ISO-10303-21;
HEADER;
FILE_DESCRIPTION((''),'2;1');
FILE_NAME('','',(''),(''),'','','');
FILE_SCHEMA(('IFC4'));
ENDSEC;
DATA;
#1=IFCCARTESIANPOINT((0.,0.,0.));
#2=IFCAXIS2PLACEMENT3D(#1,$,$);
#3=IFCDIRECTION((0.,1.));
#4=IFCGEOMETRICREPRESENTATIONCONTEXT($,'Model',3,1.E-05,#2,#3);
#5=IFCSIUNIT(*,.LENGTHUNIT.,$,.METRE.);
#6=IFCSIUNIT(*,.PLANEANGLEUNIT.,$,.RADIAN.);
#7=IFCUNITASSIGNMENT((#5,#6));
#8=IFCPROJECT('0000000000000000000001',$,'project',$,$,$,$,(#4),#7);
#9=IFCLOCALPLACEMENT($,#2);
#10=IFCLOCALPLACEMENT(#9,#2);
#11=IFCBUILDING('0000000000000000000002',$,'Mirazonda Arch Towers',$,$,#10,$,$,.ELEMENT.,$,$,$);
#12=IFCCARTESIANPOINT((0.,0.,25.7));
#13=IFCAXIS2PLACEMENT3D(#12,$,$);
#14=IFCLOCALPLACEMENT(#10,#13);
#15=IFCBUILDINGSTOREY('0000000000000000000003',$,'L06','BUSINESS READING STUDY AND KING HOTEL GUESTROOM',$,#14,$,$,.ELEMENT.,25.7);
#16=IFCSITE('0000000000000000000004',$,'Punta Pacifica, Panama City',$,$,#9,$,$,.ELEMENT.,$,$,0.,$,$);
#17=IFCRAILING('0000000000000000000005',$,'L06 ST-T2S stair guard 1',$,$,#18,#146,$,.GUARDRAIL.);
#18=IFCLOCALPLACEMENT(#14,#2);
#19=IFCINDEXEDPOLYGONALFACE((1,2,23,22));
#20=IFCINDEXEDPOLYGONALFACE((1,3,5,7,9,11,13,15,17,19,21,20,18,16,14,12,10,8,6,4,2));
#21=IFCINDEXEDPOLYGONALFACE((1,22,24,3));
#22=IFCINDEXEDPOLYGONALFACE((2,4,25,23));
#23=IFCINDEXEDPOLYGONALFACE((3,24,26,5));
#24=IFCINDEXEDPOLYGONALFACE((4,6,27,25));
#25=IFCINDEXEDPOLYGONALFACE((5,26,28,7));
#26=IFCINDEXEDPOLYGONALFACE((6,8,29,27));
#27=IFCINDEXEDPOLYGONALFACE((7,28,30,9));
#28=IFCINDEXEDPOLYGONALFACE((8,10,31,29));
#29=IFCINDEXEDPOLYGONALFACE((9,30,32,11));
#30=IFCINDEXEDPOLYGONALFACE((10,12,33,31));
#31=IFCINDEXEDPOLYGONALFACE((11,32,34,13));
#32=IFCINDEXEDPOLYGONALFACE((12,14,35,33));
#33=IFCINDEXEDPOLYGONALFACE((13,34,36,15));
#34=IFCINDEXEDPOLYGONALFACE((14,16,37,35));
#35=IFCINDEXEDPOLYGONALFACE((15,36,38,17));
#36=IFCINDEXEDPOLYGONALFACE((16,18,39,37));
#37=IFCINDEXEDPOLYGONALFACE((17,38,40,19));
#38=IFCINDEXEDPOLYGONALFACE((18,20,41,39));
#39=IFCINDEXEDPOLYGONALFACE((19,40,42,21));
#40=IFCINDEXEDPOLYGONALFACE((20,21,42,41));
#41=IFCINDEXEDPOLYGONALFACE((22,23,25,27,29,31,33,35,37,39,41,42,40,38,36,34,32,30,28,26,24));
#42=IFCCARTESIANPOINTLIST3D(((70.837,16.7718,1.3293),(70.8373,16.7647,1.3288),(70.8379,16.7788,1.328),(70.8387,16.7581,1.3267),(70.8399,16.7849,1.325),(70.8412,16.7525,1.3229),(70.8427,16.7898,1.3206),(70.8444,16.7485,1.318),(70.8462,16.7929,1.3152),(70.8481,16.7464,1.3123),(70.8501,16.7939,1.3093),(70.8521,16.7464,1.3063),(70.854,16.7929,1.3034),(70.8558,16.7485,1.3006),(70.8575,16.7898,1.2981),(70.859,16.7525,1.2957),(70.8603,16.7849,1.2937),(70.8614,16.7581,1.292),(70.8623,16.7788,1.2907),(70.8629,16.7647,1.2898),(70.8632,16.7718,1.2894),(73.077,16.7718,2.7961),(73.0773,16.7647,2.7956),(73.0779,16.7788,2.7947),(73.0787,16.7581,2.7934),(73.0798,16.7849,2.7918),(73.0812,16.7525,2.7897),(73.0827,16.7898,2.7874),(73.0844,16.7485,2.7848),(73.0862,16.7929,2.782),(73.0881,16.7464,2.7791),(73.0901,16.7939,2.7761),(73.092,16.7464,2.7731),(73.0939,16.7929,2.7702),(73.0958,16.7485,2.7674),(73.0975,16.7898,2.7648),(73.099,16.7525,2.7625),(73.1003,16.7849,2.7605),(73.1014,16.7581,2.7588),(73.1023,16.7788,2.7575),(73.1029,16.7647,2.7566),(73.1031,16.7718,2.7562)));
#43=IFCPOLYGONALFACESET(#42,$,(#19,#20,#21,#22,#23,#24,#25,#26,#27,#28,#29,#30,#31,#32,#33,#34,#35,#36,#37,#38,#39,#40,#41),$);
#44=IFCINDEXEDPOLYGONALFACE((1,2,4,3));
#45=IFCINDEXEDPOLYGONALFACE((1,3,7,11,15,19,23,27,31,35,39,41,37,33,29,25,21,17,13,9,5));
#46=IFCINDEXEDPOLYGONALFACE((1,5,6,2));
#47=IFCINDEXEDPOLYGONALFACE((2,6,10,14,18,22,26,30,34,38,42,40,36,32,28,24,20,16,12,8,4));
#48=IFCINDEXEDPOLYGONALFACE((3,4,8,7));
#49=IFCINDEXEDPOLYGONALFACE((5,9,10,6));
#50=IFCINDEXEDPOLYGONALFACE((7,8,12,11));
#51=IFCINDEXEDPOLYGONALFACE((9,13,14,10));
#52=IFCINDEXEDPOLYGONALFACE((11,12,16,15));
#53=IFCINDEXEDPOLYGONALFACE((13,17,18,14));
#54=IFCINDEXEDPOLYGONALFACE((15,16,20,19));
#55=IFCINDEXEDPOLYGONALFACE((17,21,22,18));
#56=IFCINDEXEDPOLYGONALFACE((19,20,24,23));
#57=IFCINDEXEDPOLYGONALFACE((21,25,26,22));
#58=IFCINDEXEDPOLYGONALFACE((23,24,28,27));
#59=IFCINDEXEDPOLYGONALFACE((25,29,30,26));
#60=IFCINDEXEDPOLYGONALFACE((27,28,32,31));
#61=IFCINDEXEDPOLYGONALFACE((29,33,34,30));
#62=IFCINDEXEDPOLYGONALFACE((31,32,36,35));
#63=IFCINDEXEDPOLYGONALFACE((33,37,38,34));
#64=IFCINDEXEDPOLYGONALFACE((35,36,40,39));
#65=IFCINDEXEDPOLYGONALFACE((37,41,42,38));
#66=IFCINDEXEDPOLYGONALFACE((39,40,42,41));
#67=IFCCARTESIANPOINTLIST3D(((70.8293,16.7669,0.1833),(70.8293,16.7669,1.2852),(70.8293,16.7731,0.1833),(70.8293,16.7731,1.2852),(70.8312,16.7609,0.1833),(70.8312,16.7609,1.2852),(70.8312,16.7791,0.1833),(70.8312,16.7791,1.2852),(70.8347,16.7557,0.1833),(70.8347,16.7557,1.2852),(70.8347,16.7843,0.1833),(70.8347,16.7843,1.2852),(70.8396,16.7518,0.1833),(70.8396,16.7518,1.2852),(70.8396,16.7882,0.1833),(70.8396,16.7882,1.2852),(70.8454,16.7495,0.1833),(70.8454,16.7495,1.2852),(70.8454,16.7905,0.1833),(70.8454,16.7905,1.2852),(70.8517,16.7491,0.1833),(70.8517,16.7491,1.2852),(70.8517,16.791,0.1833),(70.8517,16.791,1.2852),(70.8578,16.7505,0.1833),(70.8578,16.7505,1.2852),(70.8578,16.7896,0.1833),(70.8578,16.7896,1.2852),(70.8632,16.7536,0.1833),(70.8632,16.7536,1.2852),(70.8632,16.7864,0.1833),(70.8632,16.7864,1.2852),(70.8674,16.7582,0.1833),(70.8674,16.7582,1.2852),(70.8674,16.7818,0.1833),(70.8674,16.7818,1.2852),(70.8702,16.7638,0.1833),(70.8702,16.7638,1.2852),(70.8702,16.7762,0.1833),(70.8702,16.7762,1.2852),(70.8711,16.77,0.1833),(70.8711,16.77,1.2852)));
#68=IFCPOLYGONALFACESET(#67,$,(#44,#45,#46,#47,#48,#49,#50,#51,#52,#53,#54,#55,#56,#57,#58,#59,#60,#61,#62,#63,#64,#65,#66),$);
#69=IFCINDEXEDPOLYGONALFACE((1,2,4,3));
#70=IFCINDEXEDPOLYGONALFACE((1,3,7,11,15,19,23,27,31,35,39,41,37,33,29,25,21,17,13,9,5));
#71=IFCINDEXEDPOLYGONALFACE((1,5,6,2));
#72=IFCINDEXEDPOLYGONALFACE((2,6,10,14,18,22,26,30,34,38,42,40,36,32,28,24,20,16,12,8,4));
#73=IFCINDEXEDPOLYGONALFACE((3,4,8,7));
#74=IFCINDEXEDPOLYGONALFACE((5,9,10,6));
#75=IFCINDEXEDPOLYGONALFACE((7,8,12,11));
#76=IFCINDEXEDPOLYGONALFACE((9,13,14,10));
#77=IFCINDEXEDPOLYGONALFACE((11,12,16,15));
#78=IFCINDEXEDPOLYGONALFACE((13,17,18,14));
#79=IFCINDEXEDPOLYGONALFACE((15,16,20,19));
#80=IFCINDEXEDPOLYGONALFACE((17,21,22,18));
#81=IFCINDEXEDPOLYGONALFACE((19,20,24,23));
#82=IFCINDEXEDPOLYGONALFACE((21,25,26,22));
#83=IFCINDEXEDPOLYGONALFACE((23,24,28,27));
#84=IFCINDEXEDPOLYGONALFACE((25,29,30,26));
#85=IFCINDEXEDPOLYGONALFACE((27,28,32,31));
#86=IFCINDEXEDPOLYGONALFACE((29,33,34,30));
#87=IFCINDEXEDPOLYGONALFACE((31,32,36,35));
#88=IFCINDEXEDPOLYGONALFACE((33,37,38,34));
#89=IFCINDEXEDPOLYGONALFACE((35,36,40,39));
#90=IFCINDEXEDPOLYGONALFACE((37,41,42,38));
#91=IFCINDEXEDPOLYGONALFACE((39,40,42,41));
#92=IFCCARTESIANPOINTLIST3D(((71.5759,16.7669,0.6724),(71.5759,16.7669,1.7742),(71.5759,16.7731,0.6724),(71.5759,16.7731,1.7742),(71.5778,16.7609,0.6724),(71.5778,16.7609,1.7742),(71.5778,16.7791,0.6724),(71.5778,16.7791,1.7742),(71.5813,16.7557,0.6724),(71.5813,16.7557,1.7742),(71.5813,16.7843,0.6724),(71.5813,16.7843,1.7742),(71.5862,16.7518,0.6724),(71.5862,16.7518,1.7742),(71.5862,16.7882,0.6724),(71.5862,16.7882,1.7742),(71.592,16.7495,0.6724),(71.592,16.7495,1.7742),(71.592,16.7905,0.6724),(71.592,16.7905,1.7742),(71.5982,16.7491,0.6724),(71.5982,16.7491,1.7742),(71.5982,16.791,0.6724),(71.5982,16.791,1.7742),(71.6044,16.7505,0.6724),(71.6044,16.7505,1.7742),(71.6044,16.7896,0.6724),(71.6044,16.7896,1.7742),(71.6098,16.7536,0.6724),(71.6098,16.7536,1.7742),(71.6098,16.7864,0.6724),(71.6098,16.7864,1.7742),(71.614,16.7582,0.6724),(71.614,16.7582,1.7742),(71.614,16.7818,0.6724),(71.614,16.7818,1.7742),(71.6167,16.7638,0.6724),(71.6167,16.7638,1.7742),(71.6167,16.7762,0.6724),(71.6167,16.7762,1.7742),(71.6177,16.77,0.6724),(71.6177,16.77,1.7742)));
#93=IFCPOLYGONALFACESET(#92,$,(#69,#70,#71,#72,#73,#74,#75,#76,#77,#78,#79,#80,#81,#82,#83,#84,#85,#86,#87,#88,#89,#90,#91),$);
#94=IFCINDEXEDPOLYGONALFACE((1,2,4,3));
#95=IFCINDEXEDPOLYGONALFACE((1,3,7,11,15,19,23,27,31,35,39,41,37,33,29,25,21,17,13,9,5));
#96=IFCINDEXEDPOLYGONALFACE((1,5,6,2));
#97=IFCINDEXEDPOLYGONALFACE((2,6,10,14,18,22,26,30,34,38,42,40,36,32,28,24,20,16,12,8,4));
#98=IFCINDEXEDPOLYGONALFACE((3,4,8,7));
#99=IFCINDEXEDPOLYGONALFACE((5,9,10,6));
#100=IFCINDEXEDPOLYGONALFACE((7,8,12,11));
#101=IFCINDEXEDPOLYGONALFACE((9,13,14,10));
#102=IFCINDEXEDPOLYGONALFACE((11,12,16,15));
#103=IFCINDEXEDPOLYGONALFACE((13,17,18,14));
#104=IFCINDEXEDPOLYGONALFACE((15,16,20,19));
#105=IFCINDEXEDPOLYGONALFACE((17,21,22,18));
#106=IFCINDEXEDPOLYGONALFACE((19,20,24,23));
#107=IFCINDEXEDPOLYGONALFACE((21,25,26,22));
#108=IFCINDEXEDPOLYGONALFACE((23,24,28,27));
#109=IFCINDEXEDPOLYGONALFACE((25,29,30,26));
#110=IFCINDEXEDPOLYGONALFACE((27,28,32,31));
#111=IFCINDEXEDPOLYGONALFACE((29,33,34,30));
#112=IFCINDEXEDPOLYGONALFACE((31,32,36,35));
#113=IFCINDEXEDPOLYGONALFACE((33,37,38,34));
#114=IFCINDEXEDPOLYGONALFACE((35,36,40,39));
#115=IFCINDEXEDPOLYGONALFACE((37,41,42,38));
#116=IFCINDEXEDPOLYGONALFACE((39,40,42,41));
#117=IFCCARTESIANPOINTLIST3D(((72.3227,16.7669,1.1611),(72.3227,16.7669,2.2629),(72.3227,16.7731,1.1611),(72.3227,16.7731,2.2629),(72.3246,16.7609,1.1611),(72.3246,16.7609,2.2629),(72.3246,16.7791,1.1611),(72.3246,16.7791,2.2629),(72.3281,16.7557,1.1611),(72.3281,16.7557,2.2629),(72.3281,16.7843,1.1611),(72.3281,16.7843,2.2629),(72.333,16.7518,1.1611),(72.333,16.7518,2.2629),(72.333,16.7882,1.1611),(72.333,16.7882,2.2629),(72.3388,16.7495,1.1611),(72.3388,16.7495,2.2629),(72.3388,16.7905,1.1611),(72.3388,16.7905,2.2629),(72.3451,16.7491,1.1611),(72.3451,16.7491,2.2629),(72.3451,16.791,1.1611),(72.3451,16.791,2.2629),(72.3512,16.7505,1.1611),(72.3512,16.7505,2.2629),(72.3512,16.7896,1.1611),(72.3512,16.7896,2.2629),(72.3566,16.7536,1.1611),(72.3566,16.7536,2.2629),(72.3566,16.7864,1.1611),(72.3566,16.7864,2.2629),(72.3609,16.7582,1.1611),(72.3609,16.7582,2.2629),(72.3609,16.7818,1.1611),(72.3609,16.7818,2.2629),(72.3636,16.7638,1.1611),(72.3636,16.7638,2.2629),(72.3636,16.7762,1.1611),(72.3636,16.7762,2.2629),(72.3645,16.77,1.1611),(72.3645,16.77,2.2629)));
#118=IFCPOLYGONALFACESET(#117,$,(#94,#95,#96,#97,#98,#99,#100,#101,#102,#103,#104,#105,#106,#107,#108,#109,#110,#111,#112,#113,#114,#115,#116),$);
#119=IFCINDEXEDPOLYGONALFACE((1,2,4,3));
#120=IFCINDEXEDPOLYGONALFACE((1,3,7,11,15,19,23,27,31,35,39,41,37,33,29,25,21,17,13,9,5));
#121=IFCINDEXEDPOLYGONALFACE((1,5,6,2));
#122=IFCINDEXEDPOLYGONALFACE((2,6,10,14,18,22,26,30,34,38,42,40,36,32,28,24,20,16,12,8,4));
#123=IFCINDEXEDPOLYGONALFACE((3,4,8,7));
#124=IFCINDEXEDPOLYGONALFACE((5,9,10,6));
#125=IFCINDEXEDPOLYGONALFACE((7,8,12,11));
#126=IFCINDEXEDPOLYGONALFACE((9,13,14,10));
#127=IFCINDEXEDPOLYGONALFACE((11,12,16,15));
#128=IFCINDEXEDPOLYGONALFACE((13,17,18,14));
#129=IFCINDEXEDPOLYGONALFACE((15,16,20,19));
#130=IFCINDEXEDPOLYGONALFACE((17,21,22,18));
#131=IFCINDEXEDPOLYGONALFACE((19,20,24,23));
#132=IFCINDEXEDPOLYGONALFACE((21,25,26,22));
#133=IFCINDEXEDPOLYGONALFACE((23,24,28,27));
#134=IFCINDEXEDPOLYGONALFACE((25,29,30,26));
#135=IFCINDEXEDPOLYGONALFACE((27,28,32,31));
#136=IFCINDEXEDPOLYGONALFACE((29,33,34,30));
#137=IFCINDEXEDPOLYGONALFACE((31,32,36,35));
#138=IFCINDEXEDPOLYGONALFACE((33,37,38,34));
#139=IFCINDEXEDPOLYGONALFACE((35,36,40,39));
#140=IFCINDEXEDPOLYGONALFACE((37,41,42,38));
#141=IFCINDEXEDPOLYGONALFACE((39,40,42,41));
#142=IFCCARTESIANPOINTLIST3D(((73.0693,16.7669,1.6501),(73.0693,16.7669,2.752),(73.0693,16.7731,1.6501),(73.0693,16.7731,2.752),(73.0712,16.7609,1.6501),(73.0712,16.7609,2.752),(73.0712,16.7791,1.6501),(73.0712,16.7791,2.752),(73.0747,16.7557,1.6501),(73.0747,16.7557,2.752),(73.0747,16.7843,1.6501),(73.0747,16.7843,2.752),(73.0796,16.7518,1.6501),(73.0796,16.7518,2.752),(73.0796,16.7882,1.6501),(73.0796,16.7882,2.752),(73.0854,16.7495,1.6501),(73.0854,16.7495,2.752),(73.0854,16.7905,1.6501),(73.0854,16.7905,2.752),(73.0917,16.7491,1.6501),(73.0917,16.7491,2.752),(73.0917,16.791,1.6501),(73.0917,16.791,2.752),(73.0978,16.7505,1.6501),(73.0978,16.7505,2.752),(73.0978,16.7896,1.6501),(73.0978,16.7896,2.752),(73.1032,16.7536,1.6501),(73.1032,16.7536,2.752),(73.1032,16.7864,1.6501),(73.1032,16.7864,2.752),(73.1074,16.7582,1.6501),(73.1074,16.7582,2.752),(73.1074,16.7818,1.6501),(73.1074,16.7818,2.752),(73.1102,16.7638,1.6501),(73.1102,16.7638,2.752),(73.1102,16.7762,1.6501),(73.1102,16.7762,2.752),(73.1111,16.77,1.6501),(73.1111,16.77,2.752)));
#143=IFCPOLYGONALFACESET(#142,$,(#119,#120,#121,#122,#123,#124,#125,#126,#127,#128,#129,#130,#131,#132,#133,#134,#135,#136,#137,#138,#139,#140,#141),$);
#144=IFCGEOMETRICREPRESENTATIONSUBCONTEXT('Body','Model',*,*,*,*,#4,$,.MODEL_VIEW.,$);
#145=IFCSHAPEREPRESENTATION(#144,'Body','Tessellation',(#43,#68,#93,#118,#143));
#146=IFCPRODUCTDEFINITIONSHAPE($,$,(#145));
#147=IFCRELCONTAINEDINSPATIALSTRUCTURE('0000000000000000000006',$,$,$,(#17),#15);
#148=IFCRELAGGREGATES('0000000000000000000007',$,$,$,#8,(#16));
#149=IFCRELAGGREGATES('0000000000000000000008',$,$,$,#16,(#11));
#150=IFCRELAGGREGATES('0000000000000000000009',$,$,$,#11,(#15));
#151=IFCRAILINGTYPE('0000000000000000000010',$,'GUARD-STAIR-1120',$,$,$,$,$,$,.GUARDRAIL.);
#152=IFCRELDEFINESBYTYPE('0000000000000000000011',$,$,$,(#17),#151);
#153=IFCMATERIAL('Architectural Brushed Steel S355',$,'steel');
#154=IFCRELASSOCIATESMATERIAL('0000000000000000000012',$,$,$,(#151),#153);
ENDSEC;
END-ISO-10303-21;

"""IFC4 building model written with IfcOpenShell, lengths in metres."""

from ifc_helpers import new_model, si_unit, direction, frame, origin, origin_2d, place, context, subcontext, project, spatial, circle, extrude, material, type_object, element, save


model = new_model("IFC4")

# Units and contexts
model_context = context("Model", 3, precision=1e-05, world=origin(), true_north=direction((0.0, 1.0)))
body_context = subcontext(model_context, "Body", "Model", "MODEL_VIEW")
ifc_project = project(units=[si_unit("LENGTHUNIT", "METRE"), si_unit("PLANEANGLEUNIT", "RADIAN")], contexts=[model_context])

# Site, building, storey
site_placement = place(None, origin())
site = spatial("IfcSite", under=ifc_project, at=site_placement, Name="Punta Pacifica, Panama City", CompositionType="ELEMENT", RefElevation=0.0)
building_placement = place(site_placement, origin())
building = spatial("IfcBuilding", under=site, at=building_placement, Name="Mirazonda Arch Towers", CompositionType="ELEMENT")
storey_placement = place(building_placement, frame((0.0, 0.0, 25.7)))
storey = spatial("IfcBuildingStorey", under=building, at=storey_placement, Name="L06", Description="BUSINESS READING STUDY AND KING HOTEL GUESTROOM", CompositionType="ELEMENT", Elevation=25.7)

# Shared definitions
ifc_material_1 = material(Name="Architectural Brushed Steel S355", Category="steel")

# Railing
railing_type = type_object("IfcRailingType", Name="GUARD-STAIR-1120", PredefinedType="GUARDRAIL", material=ifc_material_1)
railing_1_placement = place(storey_placement, frame((70.8501, 16.77, 0.1833)))
element("IfcRailing", 1, at=railing_1_placement, inside=storey, type_object=railing_type, Name="L06 ST-T2S stair guard 1", PredefinedType="GUARDRAIL", context=body_context, shape_type="SweptSolid", body=[
    extrude(circle(Radius=0.0239, at=origin_2d()), frame((0.0, 0.0, 1.126), z_axis=(0.836595, 0.0, 0.547822), x_axis=(0.0, 1.0, 0.0)), (0.0, 0.0, 1.0), 2.6775),
    extrude(circle(Radius=0.021, at=origin_2d()), origin(), (0.0, 0.0, 1.0), 1.1018),
    extrude(circle(Radius=0.021, at=origin_2d()), frame((0.7466, 0.0, 0.489)), (0.0, 0.0, 1.0), 1.1018),
    extrude(circle(Radius=0.021, at=origin_2d()), frame((1.4934, 0.0, 0.9778)), (0.0, 0.0, 1.0), 1.1018),
    extrude(circle(Radius=0.021, at=origin_2d()), frame((2.24, 0.0, 1.4668)), (0.0, 0.0, 1.0), 1.1018),
])

save(model, "model.ifc")
